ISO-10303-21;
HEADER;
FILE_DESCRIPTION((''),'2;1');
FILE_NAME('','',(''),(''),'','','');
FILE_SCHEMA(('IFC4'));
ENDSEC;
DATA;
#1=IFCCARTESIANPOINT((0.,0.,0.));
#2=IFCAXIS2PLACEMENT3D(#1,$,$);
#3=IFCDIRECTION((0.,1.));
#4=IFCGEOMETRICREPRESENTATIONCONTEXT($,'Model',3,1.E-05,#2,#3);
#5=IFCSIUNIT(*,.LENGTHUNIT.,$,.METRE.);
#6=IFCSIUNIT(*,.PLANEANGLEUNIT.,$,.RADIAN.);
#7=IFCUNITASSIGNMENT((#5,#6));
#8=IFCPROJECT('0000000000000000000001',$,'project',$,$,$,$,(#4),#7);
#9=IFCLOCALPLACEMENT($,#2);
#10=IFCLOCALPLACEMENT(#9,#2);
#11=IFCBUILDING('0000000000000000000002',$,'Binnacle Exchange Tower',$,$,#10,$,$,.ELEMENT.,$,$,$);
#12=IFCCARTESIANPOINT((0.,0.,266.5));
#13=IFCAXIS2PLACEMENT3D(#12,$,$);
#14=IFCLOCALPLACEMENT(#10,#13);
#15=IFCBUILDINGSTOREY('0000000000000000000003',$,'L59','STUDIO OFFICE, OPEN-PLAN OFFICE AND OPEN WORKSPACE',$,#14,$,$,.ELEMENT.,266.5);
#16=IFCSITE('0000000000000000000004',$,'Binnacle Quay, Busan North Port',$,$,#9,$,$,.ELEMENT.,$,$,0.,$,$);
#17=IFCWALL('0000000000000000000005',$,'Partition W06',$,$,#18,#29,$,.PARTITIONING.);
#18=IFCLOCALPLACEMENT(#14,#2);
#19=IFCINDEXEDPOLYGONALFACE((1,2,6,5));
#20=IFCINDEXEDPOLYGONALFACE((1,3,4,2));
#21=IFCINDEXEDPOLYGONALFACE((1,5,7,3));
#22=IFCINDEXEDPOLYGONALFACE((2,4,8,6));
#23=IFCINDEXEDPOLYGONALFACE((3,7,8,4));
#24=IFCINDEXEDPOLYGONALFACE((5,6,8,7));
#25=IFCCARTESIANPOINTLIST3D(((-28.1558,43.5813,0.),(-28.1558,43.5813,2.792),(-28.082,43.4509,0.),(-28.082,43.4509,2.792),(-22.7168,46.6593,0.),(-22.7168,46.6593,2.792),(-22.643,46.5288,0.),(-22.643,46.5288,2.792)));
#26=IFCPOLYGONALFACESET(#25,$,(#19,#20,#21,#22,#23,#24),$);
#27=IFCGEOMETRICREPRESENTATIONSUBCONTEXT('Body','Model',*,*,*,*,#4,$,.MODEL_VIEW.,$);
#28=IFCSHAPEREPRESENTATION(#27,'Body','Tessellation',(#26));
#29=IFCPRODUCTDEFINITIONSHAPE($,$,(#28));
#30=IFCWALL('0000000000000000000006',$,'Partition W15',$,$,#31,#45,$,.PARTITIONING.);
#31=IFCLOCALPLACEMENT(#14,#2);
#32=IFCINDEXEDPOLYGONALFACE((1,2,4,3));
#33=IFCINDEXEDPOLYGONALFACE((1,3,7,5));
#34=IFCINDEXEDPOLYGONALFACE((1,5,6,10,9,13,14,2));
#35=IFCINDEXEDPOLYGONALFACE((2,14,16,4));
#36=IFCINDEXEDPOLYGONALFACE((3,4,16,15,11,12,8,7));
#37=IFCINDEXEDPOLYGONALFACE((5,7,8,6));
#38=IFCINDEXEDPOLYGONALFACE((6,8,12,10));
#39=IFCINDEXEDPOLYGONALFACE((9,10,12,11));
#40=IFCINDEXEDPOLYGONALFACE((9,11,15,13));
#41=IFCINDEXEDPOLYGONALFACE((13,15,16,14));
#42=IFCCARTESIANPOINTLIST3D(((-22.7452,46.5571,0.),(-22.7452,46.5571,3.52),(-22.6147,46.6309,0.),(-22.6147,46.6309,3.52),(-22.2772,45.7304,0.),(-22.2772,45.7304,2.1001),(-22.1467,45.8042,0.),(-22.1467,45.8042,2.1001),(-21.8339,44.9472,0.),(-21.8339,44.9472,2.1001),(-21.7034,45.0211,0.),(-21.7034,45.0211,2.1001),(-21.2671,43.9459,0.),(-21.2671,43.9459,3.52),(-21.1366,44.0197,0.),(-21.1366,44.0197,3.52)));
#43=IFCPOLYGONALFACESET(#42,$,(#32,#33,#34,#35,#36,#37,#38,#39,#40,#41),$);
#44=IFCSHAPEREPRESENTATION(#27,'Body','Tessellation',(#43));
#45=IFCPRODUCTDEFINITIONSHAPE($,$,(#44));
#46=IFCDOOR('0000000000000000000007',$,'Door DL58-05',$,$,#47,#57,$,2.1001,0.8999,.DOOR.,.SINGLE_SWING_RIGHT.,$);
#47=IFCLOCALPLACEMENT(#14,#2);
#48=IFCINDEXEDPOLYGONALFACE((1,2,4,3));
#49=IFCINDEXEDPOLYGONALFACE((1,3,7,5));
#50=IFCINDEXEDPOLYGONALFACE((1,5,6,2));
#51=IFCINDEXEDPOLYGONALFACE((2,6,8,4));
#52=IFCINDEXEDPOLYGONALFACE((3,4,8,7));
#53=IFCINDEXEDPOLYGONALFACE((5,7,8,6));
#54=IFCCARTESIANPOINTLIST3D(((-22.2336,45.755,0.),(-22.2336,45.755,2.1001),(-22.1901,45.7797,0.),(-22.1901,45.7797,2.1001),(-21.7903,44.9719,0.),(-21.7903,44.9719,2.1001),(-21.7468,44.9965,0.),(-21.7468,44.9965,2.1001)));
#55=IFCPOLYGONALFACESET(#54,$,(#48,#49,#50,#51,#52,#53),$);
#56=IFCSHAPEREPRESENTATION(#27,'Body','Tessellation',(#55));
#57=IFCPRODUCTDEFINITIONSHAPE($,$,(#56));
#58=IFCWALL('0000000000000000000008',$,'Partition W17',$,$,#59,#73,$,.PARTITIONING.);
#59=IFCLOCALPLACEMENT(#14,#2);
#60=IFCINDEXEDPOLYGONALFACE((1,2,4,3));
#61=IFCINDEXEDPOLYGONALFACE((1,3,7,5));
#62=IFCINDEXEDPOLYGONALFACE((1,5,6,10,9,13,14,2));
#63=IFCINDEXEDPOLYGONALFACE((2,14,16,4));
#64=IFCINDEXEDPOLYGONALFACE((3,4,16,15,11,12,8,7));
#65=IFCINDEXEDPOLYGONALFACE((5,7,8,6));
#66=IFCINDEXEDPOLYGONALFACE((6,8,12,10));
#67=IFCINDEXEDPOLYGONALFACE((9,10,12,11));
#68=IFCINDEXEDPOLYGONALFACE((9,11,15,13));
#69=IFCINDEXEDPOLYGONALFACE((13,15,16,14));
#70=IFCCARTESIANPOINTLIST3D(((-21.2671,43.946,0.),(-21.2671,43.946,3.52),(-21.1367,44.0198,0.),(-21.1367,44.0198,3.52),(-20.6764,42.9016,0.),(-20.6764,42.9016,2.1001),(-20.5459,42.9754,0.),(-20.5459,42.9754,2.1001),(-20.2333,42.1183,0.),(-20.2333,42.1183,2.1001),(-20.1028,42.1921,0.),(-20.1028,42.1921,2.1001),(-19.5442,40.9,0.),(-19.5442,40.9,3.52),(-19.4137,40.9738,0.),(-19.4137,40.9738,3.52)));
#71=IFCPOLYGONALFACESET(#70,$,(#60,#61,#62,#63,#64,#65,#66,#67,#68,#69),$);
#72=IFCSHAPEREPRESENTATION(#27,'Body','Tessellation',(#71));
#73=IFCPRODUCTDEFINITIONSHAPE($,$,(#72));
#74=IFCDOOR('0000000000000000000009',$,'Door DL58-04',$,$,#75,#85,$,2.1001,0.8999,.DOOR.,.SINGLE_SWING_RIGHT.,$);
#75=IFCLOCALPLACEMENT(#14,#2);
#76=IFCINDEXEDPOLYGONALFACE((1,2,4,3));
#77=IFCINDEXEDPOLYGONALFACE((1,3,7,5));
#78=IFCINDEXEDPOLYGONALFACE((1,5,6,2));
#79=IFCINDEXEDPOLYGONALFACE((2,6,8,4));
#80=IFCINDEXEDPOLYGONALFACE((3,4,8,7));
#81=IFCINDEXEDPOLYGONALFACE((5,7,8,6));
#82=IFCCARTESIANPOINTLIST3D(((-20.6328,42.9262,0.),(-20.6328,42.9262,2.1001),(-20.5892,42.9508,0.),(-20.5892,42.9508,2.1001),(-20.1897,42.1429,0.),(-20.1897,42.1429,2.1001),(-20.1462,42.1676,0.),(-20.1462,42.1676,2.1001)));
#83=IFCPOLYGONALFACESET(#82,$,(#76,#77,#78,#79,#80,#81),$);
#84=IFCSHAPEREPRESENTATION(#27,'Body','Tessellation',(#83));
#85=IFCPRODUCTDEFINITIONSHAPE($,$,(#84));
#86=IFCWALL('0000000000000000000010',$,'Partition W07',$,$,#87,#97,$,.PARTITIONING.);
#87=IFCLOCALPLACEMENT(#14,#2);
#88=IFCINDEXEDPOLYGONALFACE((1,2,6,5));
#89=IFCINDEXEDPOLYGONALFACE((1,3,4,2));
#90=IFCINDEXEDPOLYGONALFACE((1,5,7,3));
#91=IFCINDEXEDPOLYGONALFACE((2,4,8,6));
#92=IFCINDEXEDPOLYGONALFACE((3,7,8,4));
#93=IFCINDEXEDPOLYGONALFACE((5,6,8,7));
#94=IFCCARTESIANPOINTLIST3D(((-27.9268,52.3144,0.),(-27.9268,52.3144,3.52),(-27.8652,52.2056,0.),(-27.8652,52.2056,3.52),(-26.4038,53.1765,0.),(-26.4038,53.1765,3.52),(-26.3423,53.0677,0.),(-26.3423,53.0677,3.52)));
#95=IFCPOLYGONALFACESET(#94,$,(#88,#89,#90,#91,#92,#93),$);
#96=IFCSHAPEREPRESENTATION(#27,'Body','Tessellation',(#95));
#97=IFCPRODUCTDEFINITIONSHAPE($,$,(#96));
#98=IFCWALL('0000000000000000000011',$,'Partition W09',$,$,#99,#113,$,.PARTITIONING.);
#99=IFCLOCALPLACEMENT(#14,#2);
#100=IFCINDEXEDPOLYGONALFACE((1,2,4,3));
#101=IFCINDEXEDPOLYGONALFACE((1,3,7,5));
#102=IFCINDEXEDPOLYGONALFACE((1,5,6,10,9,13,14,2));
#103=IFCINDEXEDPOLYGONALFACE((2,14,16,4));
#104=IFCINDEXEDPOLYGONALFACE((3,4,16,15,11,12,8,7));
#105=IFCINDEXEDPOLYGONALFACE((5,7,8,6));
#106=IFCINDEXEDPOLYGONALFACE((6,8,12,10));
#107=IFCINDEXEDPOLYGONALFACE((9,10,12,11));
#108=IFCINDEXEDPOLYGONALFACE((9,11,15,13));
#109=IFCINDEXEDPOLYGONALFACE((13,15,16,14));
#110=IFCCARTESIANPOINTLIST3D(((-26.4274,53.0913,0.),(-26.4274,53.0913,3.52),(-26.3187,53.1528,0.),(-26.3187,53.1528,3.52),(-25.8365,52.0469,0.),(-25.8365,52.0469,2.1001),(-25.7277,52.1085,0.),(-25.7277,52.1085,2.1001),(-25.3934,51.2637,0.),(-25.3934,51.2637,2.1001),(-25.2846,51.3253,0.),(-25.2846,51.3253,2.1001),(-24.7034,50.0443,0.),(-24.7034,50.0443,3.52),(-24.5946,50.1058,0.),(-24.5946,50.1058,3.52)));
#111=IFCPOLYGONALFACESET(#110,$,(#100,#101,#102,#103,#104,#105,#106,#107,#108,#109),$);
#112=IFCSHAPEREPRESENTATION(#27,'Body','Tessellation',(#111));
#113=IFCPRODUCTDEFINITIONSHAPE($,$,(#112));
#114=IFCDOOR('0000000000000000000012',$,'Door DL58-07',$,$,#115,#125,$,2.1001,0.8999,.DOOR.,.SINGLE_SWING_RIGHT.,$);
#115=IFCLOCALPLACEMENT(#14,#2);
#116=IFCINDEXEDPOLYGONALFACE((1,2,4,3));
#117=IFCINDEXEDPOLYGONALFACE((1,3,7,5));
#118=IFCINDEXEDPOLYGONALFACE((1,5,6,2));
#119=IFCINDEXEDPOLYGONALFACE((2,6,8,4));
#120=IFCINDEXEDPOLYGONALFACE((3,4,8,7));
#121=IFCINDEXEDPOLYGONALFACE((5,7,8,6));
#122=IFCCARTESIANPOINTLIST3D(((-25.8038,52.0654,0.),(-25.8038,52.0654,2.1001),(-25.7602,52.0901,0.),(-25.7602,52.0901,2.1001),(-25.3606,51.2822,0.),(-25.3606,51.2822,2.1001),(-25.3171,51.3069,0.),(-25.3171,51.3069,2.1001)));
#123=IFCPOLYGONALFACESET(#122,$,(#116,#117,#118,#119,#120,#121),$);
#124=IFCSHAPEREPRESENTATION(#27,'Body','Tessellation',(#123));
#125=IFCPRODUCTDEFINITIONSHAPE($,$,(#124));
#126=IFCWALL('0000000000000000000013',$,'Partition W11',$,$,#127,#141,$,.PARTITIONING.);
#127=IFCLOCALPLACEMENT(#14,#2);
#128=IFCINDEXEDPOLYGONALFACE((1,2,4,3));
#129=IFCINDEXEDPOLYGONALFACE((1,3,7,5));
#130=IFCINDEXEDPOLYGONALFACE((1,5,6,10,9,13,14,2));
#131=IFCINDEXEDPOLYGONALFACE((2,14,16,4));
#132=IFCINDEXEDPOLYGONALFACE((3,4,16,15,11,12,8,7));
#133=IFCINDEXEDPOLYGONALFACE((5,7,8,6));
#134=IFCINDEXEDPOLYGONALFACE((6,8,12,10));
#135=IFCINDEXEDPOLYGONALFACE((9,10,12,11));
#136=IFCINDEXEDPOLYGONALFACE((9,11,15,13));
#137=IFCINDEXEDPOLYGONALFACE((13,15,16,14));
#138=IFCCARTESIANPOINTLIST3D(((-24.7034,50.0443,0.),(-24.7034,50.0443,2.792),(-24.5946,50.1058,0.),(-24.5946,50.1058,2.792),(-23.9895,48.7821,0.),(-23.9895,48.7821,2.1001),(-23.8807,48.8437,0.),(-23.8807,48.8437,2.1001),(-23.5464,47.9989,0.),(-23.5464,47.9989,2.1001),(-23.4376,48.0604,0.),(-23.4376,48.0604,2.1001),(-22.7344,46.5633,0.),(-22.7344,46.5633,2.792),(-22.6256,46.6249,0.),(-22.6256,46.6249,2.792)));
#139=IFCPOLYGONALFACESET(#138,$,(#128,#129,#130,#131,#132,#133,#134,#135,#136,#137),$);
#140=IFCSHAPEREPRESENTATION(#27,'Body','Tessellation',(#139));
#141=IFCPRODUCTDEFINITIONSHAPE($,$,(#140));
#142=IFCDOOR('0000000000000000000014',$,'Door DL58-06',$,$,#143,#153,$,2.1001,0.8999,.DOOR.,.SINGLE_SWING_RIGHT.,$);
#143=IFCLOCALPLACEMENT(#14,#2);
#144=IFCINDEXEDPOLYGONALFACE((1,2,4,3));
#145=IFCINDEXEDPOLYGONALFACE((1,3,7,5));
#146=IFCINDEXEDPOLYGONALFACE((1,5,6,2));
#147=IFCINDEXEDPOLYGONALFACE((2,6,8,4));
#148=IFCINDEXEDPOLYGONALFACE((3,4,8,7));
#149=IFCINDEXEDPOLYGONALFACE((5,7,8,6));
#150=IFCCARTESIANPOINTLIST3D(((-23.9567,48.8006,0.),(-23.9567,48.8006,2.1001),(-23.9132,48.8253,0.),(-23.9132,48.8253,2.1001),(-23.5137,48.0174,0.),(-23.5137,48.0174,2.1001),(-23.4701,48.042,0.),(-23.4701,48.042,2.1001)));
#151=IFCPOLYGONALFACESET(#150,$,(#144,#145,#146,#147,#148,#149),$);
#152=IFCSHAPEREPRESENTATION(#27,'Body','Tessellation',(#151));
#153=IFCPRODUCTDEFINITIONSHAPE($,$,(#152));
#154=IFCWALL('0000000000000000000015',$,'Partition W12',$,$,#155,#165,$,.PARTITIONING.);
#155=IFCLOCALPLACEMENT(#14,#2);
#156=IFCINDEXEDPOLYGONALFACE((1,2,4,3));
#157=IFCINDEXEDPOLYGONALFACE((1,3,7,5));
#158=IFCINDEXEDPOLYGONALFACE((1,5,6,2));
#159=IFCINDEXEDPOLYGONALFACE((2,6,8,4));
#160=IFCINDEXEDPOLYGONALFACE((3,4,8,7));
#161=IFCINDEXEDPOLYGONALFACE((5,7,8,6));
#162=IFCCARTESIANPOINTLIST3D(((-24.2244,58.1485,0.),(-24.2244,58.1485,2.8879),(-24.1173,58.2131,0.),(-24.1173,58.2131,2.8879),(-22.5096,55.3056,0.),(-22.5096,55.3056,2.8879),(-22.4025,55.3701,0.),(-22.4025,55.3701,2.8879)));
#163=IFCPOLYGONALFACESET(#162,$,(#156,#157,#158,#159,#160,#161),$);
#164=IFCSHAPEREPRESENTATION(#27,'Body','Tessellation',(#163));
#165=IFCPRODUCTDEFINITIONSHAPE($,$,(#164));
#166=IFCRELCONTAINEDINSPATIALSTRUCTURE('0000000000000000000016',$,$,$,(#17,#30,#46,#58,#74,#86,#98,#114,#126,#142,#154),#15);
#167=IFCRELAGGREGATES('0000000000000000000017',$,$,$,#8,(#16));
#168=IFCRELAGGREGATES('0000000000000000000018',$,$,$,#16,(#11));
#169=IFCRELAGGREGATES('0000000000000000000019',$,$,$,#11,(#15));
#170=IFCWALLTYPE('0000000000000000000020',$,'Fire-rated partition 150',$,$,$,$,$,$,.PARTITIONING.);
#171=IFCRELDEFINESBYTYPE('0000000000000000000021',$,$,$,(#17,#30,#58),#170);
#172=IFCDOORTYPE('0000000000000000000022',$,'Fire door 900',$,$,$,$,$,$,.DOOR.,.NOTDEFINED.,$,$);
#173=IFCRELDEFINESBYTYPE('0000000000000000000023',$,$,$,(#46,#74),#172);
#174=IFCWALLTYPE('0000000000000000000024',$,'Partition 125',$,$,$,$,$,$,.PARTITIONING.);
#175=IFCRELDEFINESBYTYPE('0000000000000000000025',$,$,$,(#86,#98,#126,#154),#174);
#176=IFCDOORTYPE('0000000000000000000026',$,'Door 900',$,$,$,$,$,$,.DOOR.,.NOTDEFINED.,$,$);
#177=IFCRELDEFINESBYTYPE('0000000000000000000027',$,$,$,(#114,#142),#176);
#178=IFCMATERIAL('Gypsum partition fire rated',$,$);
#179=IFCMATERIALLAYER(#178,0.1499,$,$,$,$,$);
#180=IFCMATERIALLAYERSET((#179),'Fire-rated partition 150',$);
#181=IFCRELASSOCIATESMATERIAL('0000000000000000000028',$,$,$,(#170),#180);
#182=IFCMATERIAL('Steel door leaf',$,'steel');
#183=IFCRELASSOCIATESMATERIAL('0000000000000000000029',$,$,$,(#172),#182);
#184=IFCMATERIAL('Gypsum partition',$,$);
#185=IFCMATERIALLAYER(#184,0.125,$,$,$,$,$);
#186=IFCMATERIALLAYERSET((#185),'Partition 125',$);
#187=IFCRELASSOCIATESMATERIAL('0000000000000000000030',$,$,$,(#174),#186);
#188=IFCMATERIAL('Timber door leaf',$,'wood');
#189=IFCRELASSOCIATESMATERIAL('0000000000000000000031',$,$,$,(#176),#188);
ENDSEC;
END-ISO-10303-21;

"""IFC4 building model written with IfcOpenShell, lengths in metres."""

from ifc_helpers import new_model, si_unit, direction, frame, frame_2d, origin, place, context, subcontext, project, spatial, rectangle, extrude, material, layer, layer_set, type_object, element, fill, save


model = new_model("IFC4")

# Units and contexts
model_context = context("Model", 3, precision=1e-05, world=origin(), true_north=direction((0.0, 1.0)))
body_context = subcontext(model_context, "Body", "Model", "MODEL_VIEW")
ifc_project = project(units=[si_unit("LENGTHUNIT", "METRE"), si_unit("PLANEANGLEUNIT", "RADIAN")], contexts=[model_context])

# Site, building, storey
site_placement = place(None, origin())
site = spatial("IfcSite", under=ifc_project, at=site_placement, Name="Binnacle Quay, Busan North Port", CompositionType="ELEMENT", RefElevation=0.0)
building_placement = place(site_placement, origin())
building = spatial("IfcBuilding", under=site, at=building_placement, Name="Binnacle Exchange Tower", CompositionType="ELEMENT")
storey_placement = place(building_placement, frame((0.0, 0.0, 266.5)))
storey = spatial("IfcBuildingStorey", under=building, at=storey_placement, Name="L59", Description="STUDIO OFFICE, OPEN-PLAN OFFICE AND OPEN WORKSPACE", CompositionType="ELEMENT", Elevation=266.5)

# Shared definitions
ifc_material_1 = material(Name="Steel door leaf", Category="steel")

# Wall
ifc_material_2 = material(Name="Gypsum partition fire rated")
ifc_layer_1 = layer(ifc_material_2, 0.1499)
ifc_layer_set_1 = layer_set([ifc_layer_1], Name="Fire-rated partition 150")
wall_type_1 = type_object("IfcWallType", Name="Fire-rated partition 150", PredefinedType="PARTITIONING", material=ifc_layer_set_1)
wall_1_placement = place(storey_placement, frame((-28.1189, 43.5161, 0.0), z_axis=(0.0, 0.0, 1.0), x_axis=(0.87031, 0.492504, 0.0)))
element("IfcWall", 1, at=wall_1_placement, inside=storey, type_object=wall_type_1, Name="Partition W06", PredefinedType="PARTITIONING", context=body_context, shape_type="SweptSolid", body=[
    extrude(rectangle(XDim=6.2495, YDim=0.1499, at=frame_2d((3.1248, 0.0))), origin(), (0.0, 0.0, 1.0), 2.792),
])

# Walls, openings, doors
wall_2_placement = place(storey_placement, frame((-22.6799, 46.594, 0.0), z_axis=(0.0, 0.0, 1.0), x_axis=(0.492612, -0.870249, 0.0)))
wall_2 = element("IfcWall", 2, at=wall_2_placement, inside=storey, type_object=wall_type_1, Name="Partition W15", PredefinedType="PARTITIONING", context=body_context, shape_type="SweptSolid", body=[
    extrude(rectangle(XDim=3.0005, YDim=0.1499, at=frame_2d((1.5002, 0.0))), origin(), (0.0, 0.0, 1.0), 3.52),
])
opening_1_placement = place(wall_2_placement, frame((0.95, 0.0, 0.0)))
opening_1 = element("IfcOpeningElement", 3, at=opening_1_placement, cuts=wall_2, PredefinedType="OPENING", context=body_context, shape_type="SweptSolid", body=[
    extrude(rectangle(XDim=0.8999, YDim=2.1001, at=frame_2d((0.45, 1.05))), frame((0.0, 0.085, 0.0), z_axis=(0.0, -1.0, 0.0), x_axis=(1.0, 0.0, 0.0)), (0.0, 0.0, 1.0), 0.1699),
])
door_type_1 = type_object("IfcDoorType", Name="Fire door 900", OperationType="NOTDEFINED", PredefinedType="DOOR", material=ifc_material_1)
door_1_placement = place(opening_1_placement, frame((0.8999, 0.0, 0.0), z_axis=(0.0, 0.0, 1.0), x_axis=(-1.0, 0.0, 0.0)))
door_1 = element("IfcDoor", 4, at=door_1_placement, inside=storey, type_object=door_type_1, Name="Door DL58-05", OperationType="SINGLE_SWING_RIGHT", OverallHeight=2.1001, OverallWidth=0.8999, PredefinedType="DOOR", context=body_context, shape_type="SweptSolid", body=[
    extrude(rectangle(XDim=0.8999, YDim=2.1001, at=frame_2d((0.45, 1.05))), frame((0.0, 0.0249, 0.0), z_axis=(0.0, -1.0, 0.0), x_axis=(1.0, 0.0, 0.0)), (0.0, 0.0, 1.0), 0.05),
])
fill(opening_1, door_1)
wall_3_placement = place(storey_placement, frame((-21.2019, 43.9829, 0.0), z_axis=(0.0, 0.0, 1.0), x_axis=(0.49234, -0.870403, 0.0)))
wall_3 = element("IfcWall", 5, at=wall_3_placement, inside=storey, type_object=wall_type_1, Name="Partition W17", PredefinedType="PARTITIONING", context=body_context, shape_type="SweptSolid", body=[
    extrude(rectangle(XDim=3.4995, YDim=0.1499, at=frame_2d((1.7498, 0.0))), origin(), (0.0, 0.0, 1.0), 3.52),
])
opening_2_placement = place(wall_3_placement, frame((1.2, 0.0, 0.0)))
opening_2 = element("IfcOpeningElement", 6, at=opening_2_placement, cuts=wall_3, PredefinedType="OPENING", context=body_context, shape_type="SweptSolid", body=[
    extrude(rectangle(XDim=0.8999, YDim=2.1001, at=frame_2d((0.45, 1.05))), frame((0.0, 0.085, 0.0), z_axis=(0.0, -1.0, 0.0), x_axis=(1.0, 0.0, 0.0)), (0.0, 0.0, 1.0), 0.1699),
])
door_2_placement = place(opening_2_placement, frame((0.8999, 0.0, 0.0), z_axis=(0.0, 0.0, 1.0), x_axis=(-1.0, 0.0, 0.0)))
door_2 = element("IfcDoor", 7, at=door_2_placement, inside=storey, type_object=door_type_1, Name="Door DL58-04", OperationType="SINGLE_SWING_RIGHT", OverallHeight=2.1001, OverallWidth=0.8999, PredefinedType="DOOR", context=body_context, shape_type="SweptSolid", body=[
    extrude(rectangle(XDim=0.8999, YDim=2.1001, at=frame_2d((0.45, 1.05))), frame((0.0, 0.0249, 0.0), z_axis=(0.0, -1.0, 0.0), x_axis=(1.0, 0.0, 0.0)), (0.0, 0.0, 1.0), 0.05),
])
fill(opening_2, door_2)

# Wall
ifc_material_3 = material(Name="Gypsum partition")
ifc_layer_2 = layer(ifc_material_3, 0.125)
ifc_layer_set_2 = layer_set([ifc_layer_2], Name="Partition 125")
wall_type_2 = type_object("IfcWallType", Name="Partition 125", PredefinedType="PARTITIONING", material=ifc_layer_set_2)
wall_4_placement = place(storey_placement, frame((-27.896, 52.26, 0.0), z_axis=(0.0, 0.0, 1.0), x_axis=(0.870253, 0.492604, 0.0)))
element("IfcWall", 8, at=wall_4_placement, inside=storey, type_object=wall_type_2, Name="Partition W07", PredefinedType="PARTITIONING", context=body_context, shape_type="SweptSolid", body=[
    extrude(rectangle(XDim=1.75, YDim=0.125, at=frame_2d((0.875, 0.0))), origin(), (0.0, 0.0, 1.0), 3.52),
])

# Walls, openings, doors
wall_5_placement = place(storey_placement, frame((-26.373, 53.1221, 0.0), z_axis=(0.0, 0.0, 1.0), x_axis=(0.492455, -0.870338, 0.0)))
wall_5 = element("IfcWall", 9, at=wall_5_placement, inside=storey, type_object=wall_type_2, Name="Partition W09", PredefinedType="PARTITIONING", context=body_context, shape_type="SweptSolid", body=[
    extrude(rectangle(XDim=3.501, YDim=0.125, at=frame_2d((1.7505, 0.0))), origin(), (0.0, 0.0, 1.0), 3.52),
])
opening_3_placement = place(wall_5_placement, frame((1.2, 0.0, 0.0)))
opening_3 = element("IfcOpeningElement", 10, at=opening_3_placement, cuts=wall_5, PredefinedType="OPENING", context=body_context, shape_type="SweptSolid", body=[
    extrude(rectangle(XDim=0.8999, YDim=2.1001, at=frame_2d((0.45, 1.05))), frame((0.0, 0.0725, 0.0), z_axis=(0.0, -1.0, 0.0), x_axis=(1.0, 0.0, 0.0)), (0.0, 0.0, 1.0), 0.145),
])
ifc_material_4 = material(Name="Timber door leaf", Category="wood")
door_type_2 = type_object("IfcDoorType", Name="Door 900", OperationType="NOTDEFINED", PredefinedType="DOOR", material=ifc_material_4)
door_3_placement = place(opening_3_placement, frame((0.8999, 0.0, 0.0), z_axis=(0.0, 0.0, 1.0), x_axis=(-1.0, 0.0, 0.0)))
door_3 = element("IfcDoor", 11, at=door_3_placement, inside=storey, type_object=door_type_2, Name="Door DL58-07", OperationType="SINGLE_SWING_RIGHT", OverallHeight=2.1001, OverallWidth=0.8999, PredefinedType="DOOR", context=body_context, shape_type="SweptSolid", body=[
    extrude(rectangle(XDim=0.8999, YDim=2.1001, at=frame_2d((0.45, 1.05))), frame((0.0, 0.0249, 0.0), z_axis=(0.0, -1.0, 0.0), x_axis=(1.0, 0.0, 0.0)), (0.0, 0.0, 1.0), 0.05),
])
fill(opening_3, door_3)
wall_6_placement = place(storey_placement, frame((-24.6489, 50.075, 0.0), z_axis=(0.0, 0.0, 1.0), x_axis=(0.492341, -0.870402, 0.0)))
wall_6 = element("IfcWall", 12, at=wall_6_placement, inside=storey, type_object=wall_type_2, Name="Partition W11", PredefinedType="PARTITIONING", context=body_context, shape_type="SweptSolid", body=[
    extrude(rectangle(XDim=3.9993, YDim=0.125, at=frame_2d((1.9995, 0.0))), origin(), (0.0, 0.0, 1.0), 2.792),
])
opening_4_placement = place(wall_6_placement, frame((1.45, 0.0, 0.0)))
opening_4 = element("IfcOpeningElement", 13, at=opening_4_placement, cuts=wall_6, PredefinedType="OPENING", context=body_context, shape_type="SweptSolid", body=[
    extrude(rectangle(XDim=0.8999, YDim=2.1001, at=frame_2d((0.45, 1.05))), frame((0.0, 0.0725, 0.0), z_axis=(0.0, -1.0, 0.0), x_axis=(1.0, 0.0, 0.0)), (0.0, 0.0, 1.0), 0.145),
])
door_4_placement = place(opening_4_placement, frame((0.8999, 0.0, 0.0), z_axis=(0.0, 0.0, 1.0), x_axis=(-1.0, 0.0, 0.0)))
door_4 = element("IfcDoor", 14, at=door_4_placement, inside=storey, type_object=door_type_2, Name="Door DL58-06", OperationType="SINGLE_SWING_RIGHT", OverallHeight=2.1001, OverallWidth=0.8999, PredefinedType="DOOR", context=body_context, shape_type="SweptSolid", body=[
    extrude(rectangle(XDim=0.8999, YDim=2.1001, at=frame_2d((0.45, 1.05))), frame((0.0, 0.0249, 0.0), z_axis=(0.0, -1.0, 0.0), x_axis=(1.0, 0.0, 0.0)), (0.0, 0.0, 1.0), 0.05),
])
fill(opening_4, door_4)

# Wall
wall_7_placement = place(storey_placement, frame((-24.1709, 58.1809, 0.0), z_axis=(0.0, 0.0, 1.0), x_axis=(0.516495, -0.85629, 0.0)))
element("IfcWall", 15, at=wall_7_placement, inside=storey, type_object=wall_type_2, Name="Partition W12", PredefinedType="PARTITIONING", context=body_context, shape_type="SweptSolid", body=[
    extrude(rectangle(XDim=3.3201, YDim=0.125, at=frame_2d((1.6602, 0.0))), origin(), (0.0, 0.0, 1.0), 2.8879),
])

save(model, "model.ifc")
